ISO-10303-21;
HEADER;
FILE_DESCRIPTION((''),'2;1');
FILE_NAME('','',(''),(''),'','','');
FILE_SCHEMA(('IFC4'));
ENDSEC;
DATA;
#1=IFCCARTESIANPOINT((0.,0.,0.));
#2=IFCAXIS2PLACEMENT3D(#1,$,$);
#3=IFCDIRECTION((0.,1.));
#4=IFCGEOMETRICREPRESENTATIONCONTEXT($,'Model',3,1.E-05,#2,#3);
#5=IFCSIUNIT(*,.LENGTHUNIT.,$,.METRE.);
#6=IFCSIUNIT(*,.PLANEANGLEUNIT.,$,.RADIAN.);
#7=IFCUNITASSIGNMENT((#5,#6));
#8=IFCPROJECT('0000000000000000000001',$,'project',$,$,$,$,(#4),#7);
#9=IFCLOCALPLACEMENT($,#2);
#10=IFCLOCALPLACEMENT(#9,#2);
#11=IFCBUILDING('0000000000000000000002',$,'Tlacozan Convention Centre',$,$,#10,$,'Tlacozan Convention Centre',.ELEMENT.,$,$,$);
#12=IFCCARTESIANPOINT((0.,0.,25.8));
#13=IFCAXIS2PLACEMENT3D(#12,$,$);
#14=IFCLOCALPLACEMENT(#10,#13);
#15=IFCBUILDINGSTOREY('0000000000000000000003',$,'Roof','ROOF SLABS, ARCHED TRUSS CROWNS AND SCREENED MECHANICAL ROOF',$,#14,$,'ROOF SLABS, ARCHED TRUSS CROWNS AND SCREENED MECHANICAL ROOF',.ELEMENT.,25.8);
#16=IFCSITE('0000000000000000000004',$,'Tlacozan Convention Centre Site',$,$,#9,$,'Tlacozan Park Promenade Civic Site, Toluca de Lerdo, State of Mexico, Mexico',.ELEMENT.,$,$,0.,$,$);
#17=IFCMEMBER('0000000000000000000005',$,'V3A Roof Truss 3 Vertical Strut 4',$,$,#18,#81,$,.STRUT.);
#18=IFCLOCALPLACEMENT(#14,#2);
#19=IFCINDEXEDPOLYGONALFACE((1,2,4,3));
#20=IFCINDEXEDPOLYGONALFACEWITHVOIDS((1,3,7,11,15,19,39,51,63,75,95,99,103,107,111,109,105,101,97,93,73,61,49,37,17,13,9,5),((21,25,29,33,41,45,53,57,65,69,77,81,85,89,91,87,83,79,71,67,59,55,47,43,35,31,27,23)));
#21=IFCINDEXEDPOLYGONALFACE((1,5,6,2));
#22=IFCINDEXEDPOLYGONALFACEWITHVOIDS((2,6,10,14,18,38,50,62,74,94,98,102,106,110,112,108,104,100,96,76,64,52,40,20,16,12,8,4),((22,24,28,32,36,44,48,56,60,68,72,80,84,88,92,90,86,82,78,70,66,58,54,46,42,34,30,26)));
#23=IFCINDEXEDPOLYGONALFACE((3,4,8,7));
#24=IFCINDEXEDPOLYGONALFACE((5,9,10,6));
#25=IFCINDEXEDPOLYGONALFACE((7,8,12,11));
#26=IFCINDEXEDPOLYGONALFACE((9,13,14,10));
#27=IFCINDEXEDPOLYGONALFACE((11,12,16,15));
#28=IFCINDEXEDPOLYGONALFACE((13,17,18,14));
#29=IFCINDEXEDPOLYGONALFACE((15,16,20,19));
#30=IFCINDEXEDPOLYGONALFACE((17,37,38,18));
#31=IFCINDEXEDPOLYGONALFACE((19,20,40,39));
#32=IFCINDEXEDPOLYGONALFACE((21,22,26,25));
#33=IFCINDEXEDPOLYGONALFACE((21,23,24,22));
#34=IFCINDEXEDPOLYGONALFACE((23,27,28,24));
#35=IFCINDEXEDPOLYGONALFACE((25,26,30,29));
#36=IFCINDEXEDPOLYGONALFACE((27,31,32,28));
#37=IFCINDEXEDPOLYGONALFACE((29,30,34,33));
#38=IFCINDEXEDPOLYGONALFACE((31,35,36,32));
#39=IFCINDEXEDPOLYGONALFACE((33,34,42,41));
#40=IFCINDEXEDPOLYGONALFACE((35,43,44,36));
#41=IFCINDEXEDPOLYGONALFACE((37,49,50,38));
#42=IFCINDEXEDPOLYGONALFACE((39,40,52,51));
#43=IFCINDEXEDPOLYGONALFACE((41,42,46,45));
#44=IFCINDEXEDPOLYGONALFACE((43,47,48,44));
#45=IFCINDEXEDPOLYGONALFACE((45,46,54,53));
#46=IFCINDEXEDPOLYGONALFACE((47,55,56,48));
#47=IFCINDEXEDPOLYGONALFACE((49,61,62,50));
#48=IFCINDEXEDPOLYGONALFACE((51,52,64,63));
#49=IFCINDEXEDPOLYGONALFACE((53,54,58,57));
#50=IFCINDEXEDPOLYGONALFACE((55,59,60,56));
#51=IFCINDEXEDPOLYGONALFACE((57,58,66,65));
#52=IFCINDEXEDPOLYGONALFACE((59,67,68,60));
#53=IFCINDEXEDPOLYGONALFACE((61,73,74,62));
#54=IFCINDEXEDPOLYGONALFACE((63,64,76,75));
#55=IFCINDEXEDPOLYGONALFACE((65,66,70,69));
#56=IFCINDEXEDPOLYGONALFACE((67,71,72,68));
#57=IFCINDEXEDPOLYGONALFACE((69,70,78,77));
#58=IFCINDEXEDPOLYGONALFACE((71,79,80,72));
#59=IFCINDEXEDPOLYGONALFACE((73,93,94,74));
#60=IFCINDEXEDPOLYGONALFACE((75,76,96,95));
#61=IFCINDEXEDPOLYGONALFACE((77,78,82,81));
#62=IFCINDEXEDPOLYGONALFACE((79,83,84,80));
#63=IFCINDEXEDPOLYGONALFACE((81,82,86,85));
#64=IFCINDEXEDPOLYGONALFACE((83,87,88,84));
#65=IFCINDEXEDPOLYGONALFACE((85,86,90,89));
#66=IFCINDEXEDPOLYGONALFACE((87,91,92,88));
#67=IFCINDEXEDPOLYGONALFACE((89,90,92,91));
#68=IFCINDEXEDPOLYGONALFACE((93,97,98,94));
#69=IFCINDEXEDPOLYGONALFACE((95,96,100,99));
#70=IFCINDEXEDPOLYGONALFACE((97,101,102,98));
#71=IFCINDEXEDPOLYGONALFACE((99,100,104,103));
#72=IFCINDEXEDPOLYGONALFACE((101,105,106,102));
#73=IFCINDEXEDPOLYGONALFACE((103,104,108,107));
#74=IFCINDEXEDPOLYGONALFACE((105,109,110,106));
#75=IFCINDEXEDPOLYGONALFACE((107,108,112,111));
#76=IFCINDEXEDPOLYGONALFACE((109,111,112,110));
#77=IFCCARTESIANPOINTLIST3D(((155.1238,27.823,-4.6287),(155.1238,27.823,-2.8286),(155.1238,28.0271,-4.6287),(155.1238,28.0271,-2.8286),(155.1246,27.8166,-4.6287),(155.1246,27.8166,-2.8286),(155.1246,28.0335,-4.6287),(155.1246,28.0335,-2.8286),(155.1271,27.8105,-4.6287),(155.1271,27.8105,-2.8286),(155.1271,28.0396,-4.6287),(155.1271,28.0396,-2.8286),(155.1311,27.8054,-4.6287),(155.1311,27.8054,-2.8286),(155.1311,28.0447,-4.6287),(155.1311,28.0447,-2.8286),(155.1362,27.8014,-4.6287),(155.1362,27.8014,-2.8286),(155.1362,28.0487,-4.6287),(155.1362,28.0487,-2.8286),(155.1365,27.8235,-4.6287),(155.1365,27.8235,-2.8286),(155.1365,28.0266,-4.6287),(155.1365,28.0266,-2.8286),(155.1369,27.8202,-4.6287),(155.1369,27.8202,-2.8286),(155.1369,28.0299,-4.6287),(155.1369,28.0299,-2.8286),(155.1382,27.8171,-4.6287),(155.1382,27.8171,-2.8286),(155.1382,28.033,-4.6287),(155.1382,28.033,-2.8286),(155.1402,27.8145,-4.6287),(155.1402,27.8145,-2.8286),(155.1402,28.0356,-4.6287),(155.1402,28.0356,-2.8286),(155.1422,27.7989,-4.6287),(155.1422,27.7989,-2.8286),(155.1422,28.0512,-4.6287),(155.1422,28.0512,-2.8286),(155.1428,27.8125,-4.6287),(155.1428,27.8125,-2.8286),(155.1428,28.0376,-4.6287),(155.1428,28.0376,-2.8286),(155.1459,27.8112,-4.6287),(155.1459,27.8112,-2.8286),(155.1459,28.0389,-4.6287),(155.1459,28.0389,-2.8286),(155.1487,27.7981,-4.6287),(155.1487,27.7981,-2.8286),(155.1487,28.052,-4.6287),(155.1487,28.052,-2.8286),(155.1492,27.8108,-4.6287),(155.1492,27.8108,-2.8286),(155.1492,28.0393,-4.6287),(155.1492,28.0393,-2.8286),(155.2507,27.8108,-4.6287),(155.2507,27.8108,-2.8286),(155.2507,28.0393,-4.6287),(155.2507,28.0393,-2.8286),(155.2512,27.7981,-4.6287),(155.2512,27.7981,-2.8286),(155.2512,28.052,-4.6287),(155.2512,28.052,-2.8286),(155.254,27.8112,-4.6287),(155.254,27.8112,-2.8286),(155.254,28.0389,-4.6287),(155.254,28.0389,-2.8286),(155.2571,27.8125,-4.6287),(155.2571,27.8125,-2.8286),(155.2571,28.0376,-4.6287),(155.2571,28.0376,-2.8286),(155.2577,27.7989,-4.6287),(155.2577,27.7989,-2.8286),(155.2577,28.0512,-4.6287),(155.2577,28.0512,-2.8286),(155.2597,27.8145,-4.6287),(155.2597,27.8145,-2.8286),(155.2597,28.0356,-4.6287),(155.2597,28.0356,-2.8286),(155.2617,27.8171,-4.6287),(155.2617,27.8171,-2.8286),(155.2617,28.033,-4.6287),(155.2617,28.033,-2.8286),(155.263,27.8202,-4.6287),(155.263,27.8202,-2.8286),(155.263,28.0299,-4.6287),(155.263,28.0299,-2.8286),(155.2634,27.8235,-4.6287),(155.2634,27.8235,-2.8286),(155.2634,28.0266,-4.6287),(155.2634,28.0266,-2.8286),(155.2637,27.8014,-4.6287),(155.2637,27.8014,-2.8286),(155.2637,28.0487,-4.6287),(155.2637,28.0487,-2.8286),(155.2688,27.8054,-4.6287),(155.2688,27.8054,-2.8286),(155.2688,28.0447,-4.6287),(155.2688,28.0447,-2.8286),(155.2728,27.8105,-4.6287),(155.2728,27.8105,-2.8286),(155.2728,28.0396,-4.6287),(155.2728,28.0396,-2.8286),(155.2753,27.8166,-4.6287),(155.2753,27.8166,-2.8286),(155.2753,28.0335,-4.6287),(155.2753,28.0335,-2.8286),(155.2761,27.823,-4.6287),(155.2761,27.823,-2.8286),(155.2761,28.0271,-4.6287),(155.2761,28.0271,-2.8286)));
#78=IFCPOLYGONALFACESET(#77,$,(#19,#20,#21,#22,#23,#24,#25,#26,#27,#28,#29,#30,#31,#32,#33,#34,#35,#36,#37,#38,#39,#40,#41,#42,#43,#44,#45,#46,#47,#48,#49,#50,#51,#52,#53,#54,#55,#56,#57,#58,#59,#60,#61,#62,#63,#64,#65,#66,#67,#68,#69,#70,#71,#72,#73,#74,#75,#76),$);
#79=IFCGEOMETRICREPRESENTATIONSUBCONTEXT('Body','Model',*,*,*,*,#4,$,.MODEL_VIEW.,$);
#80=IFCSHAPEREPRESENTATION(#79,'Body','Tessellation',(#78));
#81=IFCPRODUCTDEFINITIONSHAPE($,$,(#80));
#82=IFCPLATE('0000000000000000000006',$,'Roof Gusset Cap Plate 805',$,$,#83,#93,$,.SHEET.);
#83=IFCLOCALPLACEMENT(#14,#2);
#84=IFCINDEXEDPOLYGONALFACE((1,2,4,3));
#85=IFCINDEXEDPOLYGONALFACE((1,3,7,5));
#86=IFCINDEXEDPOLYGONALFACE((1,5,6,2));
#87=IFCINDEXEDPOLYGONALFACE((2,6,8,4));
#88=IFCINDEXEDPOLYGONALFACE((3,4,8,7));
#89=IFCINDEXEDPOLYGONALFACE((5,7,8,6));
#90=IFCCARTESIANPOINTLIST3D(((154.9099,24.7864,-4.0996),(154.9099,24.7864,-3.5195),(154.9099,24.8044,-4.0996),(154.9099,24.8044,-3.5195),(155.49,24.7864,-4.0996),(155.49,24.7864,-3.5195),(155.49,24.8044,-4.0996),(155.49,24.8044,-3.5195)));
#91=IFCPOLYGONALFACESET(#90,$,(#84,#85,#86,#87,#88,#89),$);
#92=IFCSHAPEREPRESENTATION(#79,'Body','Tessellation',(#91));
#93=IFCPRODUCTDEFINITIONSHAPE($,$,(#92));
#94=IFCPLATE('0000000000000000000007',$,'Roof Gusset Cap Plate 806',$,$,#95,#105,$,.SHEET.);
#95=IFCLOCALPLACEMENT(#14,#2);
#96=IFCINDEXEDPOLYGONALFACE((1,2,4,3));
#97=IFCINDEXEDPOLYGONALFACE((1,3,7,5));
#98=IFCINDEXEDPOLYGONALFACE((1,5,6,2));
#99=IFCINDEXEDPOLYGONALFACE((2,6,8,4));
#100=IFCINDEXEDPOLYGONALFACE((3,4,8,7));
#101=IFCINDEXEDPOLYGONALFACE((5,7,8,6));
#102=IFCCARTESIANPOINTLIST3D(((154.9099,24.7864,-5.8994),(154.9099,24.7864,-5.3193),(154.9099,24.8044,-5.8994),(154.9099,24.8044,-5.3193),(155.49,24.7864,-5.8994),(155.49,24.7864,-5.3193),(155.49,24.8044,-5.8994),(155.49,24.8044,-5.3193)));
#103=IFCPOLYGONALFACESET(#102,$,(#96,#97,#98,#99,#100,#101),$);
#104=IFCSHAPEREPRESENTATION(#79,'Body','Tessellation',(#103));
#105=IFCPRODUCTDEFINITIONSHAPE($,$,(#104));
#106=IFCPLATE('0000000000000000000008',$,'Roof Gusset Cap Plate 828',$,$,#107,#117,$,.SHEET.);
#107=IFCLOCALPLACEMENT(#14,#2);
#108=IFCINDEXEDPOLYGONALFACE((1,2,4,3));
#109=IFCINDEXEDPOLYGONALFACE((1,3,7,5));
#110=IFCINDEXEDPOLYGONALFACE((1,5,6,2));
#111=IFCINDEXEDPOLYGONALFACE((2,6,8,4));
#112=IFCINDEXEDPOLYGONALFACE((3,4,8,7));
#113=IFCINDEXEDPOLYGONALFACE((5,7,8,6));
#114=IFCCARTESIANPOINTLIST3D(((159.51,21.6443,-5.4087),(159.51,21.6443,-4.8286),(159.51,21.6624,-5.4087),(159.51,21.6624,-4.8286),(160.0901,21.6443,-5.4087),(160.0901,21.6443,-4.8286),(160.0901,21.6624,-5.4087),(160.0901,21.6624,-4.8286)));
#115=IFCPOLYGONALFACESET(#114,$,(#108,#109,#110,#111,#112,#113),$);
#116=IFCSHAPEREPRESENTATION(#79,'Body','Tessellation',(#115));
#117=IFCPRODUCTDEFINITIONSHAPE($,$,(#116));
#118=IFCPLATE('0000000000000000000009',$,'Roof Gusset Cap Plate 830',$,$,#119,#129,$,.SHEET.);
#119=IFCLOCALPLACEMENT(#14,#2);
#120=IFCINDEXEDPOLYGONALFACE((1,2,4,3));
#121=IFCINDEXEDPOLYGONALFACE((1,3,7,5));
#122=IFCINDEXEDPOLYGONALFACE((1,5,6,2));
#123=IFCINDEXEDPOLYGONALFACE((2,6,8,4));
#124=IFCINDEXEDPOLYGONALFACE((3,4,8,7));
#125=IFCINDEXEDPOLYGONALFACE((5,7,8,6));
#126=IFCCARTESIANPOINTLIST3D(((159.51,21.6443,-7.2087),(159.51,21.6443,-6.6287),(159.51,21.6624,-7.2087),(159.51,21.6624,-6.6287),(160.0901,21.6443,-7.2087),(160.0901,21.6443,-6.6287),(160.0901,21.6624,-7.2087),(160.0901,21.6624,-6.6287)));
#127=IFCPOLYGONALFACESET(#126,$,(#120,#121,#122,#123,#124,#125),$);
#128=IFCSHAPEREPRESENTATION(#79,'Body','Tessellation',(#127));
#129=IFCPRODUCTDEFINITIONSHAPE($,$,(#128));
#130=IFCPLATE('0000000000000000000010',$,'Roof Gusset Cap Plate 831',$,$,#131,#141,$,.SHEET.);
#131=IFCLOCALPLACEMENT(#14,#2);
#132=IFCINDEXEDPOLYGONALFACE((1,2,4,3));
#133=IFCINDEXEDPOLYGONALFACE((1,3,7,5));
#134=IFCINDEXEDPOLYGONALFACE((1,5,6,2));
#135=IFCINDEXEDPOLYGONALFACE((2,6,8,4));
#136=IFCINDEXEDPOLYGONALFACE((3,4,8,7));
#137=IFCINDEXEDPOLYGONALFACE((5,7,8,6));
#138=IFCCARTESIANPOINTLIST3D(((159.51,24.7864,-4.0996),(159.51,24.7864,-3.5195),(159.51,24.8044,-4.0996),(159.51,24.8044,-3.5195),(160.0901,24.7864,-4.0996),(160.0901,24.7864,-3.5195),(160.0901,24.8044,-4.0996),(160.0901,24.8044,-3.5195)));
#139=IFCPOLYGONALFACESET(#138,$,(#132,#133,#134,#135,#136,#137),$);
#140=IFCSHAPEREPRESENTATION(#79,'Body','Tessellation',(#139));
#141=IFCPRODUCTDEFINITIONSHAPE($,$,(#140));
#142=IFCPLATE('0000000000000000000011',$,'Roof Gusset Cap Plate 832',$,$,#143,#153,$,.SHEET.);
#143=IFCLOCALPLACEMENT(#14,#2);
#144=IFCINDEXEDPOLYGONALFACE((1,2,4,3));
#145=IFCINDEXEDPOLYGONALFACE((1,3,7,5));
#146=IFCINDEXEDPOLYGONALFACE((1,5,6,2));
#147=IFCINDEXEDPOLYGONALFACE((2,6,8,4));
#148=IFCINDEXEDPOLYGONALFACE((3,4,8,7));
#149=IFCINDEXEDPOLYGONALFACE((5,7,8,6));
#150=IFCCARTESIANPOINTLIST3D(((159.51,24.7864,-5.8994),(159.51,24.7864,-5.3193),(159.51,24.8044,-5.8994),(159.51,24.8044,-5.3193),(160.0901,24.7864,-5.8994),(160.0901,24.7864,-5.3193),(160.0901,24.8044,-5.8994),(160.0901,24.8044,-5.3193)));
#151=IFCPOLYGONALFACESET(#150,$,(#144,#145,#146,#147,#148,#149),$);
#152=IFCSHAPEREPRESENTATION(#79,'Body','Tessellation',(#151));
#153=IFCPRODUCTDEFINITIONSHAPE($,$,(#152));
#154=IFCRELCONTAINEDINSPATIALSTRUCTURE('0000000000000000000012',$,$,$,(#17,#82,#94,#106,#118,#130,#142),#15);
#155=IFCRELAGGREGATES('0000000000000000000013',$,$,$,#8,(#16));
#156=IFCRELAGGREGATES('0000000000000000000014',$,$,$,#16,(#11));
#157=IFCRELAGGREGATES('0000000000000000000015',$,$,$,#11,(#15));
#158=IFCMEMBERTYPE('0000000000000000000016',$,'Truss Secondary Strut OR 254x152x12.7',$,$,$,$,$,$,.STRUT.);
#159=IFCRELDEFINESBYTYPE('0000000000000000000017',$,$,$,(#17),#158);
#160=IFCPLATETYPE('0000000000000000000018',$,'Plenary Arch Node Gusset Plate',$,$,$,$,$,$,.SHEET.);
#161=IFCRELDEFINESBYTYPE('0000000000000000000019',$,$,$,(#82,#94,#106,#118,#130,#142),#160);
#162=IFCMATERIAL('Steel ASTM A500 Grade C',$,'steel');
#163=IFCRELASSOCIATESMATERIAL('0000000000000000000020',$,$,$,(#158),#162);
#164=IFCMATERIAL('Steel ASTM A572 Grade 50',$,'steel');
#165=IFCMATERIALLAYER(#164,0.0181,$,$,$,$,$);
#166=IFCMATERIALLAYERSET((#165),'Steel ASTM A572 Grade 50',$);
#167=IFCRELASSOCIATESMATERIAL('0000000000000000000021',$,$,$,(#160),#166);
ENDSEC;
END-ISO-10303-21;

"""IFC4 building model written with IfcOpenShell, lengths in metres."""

from ifc_helpers import new_model, si_unit, direction, frame, origin, origin_2d, place, context, subcontext, project, spatial, rectangle, hollow_rectangle, extrude, material, layer, layer_set, material_profile, profile_set, type_object, element, save


model = new_model("IFC4")

# Units and contexts
model_context = context("Model", 3, precision=1e-05, world=origin(), true_north=direction((0.0, 1.0)))
body_context = subcontext(model_context, "Body", "Model", "MODEL_VIEW")
ifc_project = project(units=[si_unit("LENGTHUNIT", "METRE"), si_unit("PLANEANGLEUNIT", "RADIAN")], contexts=[model_context])

# Site, building, storey
site_placement = place(None, origin())
site = spatial("IfcSite", under=ifc_project, at=site_placement, Name="Tlacozan Convention Centre Site", LongName="Tlacozan Park Promenade Civic Site, Toluca de Lerdo, State of Mexico, Mexico", CompositionType="ELEMENT", RefElevation=0.0)
building_placement = place(site_placement, origin())
building = spatial("IfcBuilding", under=site, at=building_placement, Name="Tlacozan Convention Centre", LongName="Tlacozan Convention Centre", CompositionType="ELEMENT")
storey_placement = place(building_placement, frame((0.0, 0.0, 25.8)))
storey = spatial("IfcBuildingStorey", under=building, at=storey_placement, Name="Roof", Description="ROOF SLABS, ARCHED TRUSS CROWNS AND SCREENED MECHANICAL ROOF", LongName="ROOF SLABS, ARCHED TRUSS CROWNS AND SCREENED MECHANICAL ROOF", CompositionType="ELEMENT", Elevation=25.8)

# Member
ifc_material_1 = material(Name="Steel ASTM A500 Grade C", Category="steel")
ifc_material_profile_1 = material_profile(ifc_material_1, hollow_rectangle(XDim=0.1523, YDim=0.2539, WallThickness=0.0127, InnerFilletRadius=0.0127, OuterFilletRadius=0.0249, at=origin_2d()), Name="OR 254x152x12.7")
ifc_profile_set_1 = profile_set([ifc_material_profile_1], Name="Steel ASTM A500 Grade C")
member_type_1 = type_object("IfcMemberType", Name="Truss Secondary Strut OR 254x152x12.7", PredefinedType="STRUT", material=ifc_profile_set_1)
for number, where, z_axis, x_axis, name in (
    (1, (155.2, 27.925, -4.6287), (0.0, 0.0, 1.0), (1.0, 0.0, 0.0), "V3A Roof Truss 3 Vertical Strut 4"),
):
    element("IfcMember", number, at=place(storey_placement, frame(where, z_axis=z_axis, x_axis=x_axis)), inside=storey, type_object=member_type_1, Name=name, PredefinedType="STRUT", context=body_context, shape_type="SweptSolid", body=[
        extrude(hollow_rectangle(XDim=0.1523, YDim=0.2539, WallThickness=0.0127, InnerFilletRadius=0.0127, OuterFilletRadius=0.0249, at=origin_2d()), origin(), (0.0, 0.0, 1.0), 1.8),
    ])

# Plates
ifc_material_2 = material(Name="Steel ASTM A572 Grade 50", Category="steel")
ifc_layer = layer(ifc_material_2, 0.0181)
ifc_layer_set = layer_set([ifc_layer], Name="Steel ASTM A572 Grade 50")
plate_type = type_object("IfcPlateType", Name="Plenary Arch Node Gusset Plate", PredefinedType="SHEET", material=ifc_layer_set)
for number, where, z_axis, x_axis, name in (
    (2, (155.2, 24.7954, -4.0996), (0.0, 0.0, 1.0), (0.0, 1.0, 0.0), "Roof Gusset Cap Plate 805"),
    (3, (155.2, 24.7954, -5.8994), (0.0, 0.0, 1.0), (0.0, 1.0, 0.0), "Roof Gusset Cap Plate 806"),
    (4, (159.8, 21.6533, -5.4087), (0.0, 0.0, 1.0), (0.0, 1.0, 0.0), "Roof Gusset Cap Plate 828"),
    (5, (159.8, 21.6533, -7.2087), (0.0, 0.0, 1.0), (0.0, 1.0, 0.0), "Roof Gusset Cap Plate 830"),
    (6, (159.8, 24.7954, -4.0996), (0.0, 0.0, 1.0), (0.0, 1.0, 0.0), "Roof Gusset Cap Plate 831"),
    (7, (159.8, 24.7954, -5.8994), (0.0, 0.0, 1.0), (0.0, 1.0, 0.0), "Roof Gusset Cap Plate 832"),
):
    element("IfcPlate", number, at=place(storey_placement, frame(where, z_axis=z_axis, x_axis=x_axis)), inside=storey, type_object=plate_type, Name=name, PredefinedType="SHEET", context=body_context, shape_type="SweptSolid", body=[
        extrude(rectangle(XDim=0.0181, YDim=0.5801, at=origin_2d()), origin(), (0.0, 0.0, 1.0), 0.5801),
    ])

save(model, "model.ifc")
